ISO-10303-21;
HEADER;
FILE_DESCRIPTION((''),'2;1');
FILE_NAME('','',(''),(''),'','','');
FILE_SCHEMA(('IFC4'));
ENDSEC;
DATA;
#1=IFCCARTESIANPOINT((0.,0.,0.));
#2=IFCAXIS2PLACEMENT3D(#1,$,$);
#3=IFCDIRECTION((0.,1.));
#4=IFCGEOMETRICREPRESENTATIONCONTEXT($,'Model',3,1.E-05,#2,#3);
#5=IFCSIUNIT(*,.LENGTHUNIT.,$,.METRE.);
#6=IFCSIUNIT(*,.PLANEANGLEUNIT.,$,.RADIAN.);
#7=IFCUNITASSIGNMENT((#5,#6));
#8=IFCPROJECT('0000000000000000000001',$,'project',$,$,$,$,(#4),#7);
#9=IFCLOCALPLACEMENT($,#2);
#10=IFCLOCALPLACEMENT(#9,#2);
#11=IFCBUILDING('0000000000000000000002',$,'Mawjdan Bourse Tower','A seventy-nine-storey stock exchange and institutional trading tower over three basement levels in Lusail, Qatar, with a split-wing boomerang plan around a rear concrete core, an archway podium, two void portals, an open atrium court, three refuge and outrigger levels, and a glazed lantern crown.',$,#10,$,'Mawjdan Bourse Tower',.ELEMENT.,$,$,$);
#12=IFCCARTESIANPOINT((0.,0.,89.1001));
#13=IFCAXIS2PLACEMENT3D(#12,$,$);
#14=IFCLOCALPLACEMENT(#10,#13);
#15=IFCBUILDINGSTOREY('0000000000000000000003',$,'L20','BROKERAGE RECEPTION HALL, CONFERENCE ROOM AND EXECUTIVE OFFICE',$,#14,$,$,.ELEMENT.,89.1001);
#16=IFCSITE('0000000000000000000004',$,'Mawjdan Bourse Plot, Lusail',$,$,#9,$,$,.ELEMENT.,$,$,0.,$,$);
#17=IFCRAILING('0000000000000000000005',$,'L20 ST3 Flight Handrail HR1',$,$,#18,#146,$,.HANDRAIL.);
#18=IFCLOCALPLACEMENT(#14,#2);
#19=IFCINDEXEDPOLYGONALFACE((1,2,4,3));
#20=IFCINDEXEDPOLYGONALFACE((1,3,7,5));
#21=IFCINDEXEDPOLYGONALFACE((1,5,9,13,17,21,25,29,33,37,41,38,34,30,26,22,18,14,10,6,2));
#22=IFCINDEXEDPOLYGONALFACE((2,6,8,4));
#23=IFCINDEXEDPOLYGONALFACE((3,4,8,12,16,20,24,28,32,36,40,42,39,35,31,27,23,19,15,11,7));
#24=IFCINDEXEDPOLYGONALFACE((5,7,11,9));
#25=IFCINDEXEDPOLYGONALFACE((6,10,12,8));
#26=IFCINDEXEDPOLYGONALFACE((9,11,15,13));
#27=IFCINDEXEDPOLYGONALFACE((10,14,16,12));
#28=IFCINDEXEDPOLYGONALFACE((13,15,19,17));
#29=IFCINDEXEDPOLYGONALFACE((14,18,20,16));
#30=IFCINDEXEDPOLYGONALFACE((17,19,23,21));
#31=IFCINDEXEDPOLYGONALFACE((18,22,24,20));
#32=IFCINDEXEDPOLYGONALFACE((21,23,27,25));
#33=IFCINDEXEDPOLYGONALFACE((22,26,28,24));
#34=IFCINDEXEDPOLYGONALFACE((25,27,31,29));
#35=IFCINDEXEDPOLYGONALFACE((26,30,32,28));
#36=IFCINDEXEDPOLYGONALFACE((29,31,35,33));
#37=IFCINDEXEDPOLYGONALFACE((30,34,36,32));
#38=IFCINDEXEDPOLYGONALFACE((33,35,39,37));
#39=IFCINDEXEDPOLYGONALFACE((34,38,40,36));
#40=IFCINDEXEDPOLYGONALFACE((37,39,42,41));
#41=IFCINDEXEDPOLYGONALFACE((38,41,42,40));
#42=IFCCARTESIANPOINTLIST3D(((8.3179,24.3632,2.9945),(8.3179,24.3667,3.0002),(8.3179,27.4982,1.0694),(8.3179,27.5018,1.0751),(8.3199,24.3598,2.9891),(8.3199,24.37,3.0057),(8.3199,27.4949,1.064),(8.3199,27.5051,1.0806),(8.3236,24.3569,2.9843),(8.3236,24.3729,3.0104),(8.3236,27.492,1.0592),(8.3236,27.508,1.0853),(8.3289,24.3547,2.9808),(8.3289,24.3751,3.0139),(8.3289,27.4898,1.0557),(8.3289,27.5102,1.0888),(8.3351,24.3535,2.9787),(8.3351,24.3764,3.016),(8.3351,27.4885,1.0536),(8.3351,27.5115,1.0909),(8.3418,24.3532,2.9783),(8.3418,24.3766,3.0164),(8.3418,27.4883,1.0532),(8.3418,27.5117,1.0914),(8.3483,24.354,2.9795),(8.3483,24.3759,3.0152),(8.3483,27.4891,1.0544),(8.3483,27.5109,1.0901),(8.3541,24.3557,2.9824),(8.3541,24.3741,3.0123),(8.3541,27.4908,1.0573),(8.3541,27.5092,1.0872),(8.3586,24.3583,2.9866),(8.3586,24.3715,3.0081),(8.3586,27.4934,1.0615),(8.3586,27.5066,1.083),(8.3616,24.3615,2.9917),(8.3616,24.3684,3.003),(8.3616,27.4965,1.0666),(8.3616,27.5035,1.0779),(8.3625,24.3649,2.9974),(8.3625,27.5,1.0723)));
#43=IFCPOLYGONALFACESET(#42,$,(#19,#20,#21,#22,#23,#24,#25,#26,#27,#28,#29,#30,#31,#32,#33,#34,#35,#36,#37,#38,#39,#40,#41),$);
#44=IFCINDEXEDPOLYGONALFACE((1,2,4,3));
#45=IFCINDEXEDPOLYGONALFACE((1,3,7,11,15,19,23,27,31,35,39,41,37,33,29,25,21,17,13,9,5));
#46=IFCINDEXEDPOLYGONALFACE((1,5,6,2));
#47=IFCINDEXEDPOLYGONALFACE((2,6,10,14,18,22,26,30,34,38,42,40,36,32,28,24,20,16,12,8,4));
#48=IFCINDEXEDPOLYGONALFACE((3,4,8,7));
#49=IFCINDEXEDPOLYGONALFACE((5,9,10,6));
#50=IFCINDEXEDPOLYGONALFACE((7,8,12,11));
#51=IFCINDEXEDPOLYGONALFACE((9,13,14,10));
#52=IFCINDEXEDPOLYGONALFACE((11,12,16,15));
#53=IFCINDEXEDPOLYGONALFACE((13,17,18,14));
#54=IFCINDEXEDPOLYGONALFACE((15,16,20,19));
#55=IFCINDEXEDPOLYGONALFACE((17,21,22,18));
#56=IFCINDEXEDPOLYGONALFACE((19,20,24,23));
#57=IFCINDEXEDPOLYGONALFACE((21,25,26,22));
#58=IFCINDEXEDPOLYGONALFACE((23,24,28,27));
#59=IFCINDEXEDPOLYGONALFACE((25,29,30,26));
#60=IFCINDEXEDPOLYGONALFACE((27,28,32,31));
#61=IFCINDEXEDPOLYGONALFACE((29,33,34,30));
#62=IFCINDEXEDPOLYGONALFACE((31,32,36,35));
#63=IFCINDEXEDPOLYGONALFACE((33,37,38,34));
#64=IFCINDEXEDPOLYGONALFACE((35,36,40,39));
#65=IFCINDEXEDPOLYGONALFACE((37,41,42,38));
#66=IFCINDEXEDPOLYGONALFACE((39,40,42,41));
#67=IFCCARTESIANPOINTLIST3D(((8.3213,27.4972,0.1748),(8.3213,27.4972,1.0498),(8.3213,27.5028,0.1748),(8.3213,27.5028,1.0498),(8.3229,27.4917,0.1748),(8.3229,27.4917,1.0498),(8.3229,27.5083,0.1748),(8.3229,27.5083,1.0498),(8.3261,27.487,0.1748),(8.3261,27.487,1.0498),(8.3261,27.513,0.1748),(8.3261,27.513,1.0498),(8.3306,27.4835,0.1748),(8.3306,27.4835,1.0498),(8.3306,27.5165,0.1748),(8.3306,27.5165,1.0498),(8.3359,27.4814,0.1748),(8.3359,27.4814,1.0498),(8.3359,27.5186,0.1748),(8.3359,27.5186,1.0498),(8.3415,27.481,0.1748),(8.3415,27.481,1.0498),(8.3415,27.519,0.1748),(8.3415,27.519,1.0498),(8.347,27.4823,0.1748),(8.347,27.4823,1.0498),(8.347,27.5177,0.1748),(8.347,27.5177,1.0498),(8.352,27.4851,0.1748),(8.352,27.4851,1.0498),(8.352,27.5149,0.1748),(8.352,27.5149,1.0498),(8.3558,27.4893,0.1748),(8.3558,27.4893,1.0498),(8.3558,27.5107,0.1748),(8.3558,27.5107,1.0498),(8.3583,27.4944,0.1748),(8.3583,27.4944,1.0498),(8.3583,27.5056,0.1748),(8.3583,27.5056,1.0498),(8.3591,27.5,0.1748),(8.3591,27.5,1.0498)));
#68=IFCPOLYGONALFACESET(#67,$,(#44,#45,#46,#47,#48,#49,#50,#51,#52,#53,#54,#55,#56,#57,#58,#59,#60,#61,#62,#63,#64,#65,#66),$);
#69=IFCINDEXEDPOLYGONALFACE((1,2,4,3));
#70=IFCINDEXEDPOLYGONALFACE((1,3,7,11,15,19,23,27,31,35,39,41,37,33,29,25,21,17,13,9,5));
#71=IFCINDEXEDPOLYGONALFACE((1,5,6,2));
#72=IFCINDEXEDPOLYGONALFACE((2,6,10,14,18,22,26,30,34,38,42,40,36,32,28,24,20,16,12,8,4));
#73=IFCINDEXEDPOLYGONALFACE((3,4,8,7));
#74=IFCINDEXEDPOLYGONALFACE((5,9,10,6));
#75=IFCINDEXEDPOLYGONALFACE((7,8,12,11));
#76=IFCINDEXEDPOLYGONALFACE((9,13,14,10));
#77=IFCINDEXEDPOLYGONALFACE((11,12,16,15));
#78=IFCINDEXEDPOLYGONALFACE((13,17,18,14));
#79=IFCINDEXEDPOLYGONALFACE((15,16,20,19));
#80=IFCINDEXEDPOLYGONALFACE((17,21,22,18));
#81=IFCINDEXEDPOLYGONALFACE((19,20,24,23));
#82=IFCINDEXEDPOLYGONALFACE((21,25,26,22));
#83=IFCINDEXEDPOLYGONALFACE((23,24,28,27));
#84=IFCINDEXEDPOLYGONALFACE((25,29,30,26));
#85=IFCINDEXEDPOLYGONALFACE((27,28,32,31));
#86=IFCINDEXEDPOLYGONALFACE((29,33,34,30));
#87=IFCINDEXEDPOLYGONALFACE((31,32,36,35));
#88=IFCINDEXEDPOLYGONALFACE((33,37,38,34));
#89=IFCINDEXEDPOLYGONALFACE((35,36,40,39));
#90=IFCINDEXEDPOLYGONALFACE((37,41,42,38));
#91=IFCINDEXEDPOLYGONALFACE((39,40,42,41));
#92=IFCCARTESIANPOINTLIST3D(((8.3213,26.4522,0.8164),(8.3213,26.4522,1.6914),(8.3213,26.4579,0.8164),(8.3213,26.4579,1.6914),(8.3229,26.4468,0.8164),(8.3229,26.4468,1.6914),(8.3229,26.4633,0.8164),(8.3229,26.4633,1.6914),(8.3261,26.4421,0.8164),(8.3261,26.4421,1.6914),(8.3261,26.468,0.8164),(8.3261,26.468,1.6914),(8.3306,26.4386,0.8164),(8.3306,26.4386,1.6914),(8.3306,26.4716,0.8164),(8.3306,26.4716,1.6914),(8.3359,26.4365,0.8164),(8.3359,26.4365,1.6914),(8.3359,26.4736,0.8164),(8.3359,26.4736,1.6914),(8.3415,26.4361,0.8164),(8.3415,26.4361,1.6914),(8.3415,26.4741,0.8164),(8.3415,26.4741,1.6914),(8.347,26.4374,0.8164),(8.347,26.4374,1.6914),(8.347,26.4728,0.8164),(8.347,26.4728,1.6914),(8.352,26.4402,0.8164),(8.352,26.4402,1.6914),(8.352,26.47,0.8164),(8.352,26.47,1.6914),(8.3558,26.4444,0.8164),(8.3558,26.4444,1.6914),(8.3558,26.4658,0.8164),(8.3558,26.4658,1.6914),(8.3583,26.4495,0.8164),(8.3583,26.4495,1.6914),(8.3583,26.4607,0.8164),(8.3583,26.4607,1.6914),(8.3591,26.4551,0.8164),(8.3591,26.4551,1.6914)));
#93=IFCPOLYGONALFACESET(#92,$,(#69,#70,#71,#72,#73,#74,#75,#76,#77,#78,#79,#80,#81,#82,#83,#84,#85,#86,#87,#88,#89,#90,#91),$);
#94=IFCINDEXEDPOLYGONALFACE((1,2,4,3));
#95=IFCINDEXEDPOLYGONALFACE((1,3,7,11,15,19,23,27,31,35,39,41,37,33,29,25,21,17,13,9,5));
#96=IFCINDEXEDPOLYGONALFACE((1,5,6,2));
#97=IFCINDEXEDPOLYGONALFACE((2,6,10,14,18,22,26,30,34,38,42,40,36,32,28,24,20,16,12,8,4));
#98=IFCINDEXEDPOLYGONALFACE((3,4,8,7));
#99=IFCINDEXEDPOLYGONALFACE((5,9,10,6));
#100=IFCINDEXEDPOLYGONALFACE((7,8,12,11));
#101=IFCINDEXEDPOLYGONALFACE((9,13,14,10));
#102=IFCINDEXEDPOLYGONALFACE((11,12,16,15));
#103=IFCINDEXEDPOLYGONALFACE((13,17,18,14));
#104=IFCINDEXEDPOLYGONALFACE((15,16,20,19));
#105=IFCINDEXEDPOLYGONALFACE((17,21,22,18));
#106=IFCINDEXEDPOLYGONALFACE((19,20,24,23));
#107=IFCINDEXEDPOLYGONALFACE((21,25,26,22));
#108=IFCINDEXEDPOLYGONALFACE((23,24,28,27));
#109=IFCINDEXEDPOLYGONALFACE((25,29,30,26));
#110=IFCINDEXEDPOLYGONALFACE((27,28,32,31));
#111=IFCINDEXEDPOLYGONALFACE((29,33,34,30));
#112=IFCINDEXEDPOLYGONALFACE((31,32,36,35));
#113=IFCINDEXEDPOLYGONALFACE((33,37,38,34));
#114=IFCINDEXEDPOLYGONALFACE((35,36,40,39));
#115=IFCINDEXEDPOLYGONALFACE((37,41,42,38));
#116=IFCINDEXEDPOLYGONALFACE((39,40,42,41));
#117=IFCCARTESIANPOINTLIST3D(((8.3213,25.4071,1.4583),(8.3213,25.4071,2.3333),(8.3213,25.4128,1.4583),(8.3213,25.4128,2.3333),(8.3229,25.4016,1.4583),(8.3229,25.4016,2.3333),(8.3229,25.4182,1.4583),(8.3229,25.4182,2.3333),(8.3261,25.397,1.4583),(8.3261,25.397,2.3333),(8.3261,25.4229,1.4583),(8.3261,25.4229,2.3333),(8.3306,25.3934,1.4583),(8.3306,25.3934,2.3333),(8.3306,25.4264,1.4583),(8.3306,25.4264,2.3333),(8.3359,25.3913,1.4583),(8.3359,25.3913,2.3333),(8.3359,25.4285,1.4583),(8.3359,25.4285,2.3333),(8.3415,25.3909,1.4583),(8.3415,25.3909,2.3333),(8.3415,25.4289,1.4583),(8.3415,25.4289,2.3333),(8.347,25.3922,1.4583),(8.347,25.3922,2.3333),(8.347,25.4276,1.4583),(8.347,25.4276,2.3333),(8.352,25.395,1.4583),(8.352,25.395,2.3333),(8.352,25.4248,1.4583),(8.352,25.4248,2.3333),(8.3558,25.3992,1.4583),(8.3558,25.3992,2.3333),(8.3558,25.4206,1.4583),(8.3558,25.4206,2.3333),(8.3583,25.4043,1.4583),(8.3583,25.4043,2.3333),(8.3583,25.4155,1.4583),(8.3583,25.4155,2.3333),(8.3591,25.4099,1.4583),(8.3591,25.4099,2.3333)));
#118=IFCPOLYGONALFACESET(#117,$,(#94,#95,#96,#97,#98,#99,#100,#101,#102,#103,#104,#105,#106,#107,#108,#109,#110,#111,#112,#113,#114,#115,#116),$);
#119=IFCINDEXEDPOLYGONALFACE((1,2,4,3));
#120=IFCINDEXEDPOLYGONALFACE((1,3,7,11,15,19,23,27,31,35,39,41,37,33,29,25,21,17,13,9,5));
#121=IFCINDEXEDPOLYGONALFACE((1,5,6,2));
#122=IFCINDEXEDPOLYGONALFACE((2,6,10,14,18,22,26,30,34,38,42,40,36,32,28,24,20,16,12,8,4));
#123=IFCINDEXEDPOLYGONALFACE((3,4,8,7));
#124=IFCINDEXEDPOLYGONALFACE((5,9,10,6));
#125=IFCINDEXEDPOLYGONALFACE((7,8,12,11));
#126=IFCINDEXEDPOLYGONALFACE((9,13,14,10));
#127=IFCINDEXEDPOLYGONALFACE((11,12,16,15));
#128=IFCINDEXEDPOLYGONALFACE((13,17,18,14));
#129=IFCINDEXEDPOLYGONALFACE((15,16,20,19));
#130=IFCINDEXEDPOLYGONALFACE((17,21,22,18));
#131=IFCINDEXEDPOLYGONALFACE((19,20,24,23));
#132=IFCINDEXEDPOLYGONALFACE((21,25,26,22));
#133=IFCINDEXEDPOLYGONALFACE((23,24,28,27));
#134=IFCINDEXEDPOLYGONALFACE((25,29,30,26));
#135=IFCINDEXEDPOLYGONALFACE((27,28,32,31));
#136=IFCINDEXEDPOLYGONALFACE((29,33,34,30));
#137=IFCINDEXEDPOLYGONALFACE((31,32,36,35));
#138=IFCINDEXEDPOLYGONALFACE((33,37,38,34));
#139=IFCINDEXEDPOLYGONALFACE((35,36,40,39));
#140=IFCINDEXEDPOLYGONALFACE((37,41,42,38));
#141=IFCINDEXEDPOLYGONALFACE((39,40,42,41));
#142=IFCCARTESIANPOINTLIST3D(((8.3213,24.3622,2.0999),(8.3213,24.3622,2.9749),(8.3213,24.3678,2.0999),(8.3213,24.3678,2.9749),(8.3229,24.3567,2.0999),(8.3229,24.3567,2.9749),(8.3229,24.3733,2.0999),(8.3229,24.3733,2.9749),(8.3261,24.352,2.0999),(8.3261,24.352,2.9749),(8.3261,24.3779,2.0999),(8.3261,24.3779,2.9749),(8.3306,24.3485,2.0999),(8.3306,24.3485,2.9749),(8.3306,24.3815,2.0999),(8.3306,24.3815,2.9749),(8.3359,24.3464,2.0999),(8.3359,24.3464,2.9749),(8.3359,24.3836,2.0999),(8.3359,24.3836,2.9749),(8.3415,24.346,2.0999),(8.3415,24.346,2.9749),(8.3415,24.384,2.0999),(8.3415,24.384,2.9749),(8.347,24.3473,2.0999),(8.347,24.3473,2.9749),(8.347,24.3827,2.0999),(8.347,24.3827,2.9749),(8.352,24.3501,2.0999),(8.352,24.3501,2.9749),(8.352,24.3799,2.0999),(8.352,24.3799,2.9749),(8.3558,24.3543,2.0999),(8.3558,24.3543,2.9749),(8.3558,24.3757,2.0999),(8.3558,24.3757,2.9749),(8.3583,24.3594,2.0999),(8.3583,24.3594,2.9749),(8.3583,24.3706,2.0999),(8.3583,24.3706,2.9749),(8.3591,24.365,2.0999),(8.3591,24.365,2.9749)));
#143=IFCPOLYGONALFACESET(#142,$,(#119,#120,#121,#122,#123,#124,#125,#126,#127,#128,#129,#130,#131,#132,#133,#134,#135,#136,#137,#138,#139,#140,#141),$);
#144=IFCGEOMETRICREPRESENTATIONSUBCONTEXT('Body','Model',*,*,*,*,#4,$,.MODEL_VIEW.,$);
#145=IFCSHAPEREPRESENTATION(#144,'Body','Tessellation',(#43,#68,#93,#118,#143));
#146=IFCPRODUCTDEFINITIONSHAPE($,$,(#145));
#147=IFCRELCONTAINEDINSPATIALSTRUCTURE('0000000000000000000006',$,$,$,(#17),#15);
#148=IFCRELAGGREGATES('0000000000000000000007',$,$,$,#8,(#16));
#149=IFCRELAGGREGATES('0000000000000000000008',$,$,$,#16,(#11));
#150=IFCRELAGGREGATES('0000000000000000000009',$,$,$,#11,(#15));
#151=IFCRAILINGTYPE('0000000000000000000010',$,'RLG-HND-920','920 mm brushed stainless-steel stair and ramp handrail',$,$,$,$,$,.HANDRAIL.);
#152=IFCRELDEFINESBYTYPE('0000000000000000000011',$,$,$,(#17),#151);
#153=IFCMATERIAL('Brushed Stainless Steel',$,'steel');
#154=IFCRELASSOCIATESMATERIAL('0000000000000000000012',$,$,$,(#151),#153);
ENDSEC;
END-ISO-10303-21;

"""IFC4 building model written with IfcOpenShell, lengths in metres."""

from ifc_helpers import new_model, si_unit, direction, frame, origin, origin_2d, place, context, subcontext, project, spatial, circle, extrude, material, type_object, element, save


model = new_model("IFC4")

# Units and contexts
model_context = context("Model", 3, precision=1e-05, world=origin(), true_north=direction((0.0, 1.0)))
body_context = subcontext(model_context, "Body", "Model", "MODEL_VIEW")
ifc_project = project(units=[si_unit("LENGTHUNIT", "METRE"), si_unit("PLANEANGLEUNIT", "RADIAN")], contexts=[model_context])

# Site, building, storey
site_placement = place(None, origin())
site = spatial("IfcSite", under=ifc_project, at=site_placement, Name="Mawjdan Bourse Plot, Lusail", CompositionType="ELEMENT", RefElevation=0.0)
building_placement = place(site_placement, origin())
building = spatial("IfcBuilding", under=site, at=building_placement, Name="Mawjdan Bourse Tower", Description="A seventy-nine-storey stock exchange and institutional trading tower over three basement levels in Lusail, Qatar, with a split-wing boomerang plan around a rear concrete core, an archway podium, two void portals, an open atrium court, three refuge and outrigger levels, and a glazed lantern crown.", LongName="Mawjdan Bourse Tower", CompositionType="ELEMENT")
storey_placement = place(building_placement, frame((0.0, 0.0, 89.1001)))
storey = spatial("IfcBuildingStorey", under=building, at=storey_placement, Name="L20", Description="BROKERAGE RECEPTION HALL, CONFERENCE ROOM AND EXECUTIVE OFFICE", CompositionType="ELEMENT", Elevation=89.1001)

# Railing
ifc_material_1 = material(Name="Brushed Stainless Steel", Category="steel")
railing_type_1 = type_object("IfcRailingType", Name="RLG-HND-920", Description="920 mm brushed stainless-steel stair and ramp handrail", PredefinedType="HANDRAIL", material=ifc_material_1)
for number, where, name in (
    (1, (8.3401, 27.5, 0.1748), "L20 ST3 Flight Handrail HR1"),
):
    element("IfcRailing", number, at=place(storey_placement, frame(where)), inside=storey, type_object=railing_type_1, Name=name, PredefinedType="HANDRAIL", context=body_context, shape_type="SweptSolid", body=[
        extrude(circle(Radius=0.0225, at=origin_2d()), frame((0.0, 0.0, 0.8975), z_axis=(0.0, -0.852166, 0.523271), x_axis=(1.0, 0.0, 0.0)), (0.0, 0.0, 1.0), 3.679),
        extrude(circle(Radius=0.019, at=origin_2d()), origin(), (0.0, 0.0, 1.0), 0.875),
        extrude(circle(Radius=0.019, at=origin_2d()), frame((0.0, -1.0449, 0.6416)), (0.0, 0.0, 1.0), 0.875),
        extrude(circle(Radius=0.019, at=origin_2d()), frame((0.0, -2.0901, 1.2834)), (0.0, 0.0, 1.0), 0.875),
        extrude(circle(Radius=0.019, at=origin_2d()), frame((0.0, -3.135, 1.925)), (0.0, 0.0, 1.0), 0.875),
    ])

save(model, "model.ifc")
